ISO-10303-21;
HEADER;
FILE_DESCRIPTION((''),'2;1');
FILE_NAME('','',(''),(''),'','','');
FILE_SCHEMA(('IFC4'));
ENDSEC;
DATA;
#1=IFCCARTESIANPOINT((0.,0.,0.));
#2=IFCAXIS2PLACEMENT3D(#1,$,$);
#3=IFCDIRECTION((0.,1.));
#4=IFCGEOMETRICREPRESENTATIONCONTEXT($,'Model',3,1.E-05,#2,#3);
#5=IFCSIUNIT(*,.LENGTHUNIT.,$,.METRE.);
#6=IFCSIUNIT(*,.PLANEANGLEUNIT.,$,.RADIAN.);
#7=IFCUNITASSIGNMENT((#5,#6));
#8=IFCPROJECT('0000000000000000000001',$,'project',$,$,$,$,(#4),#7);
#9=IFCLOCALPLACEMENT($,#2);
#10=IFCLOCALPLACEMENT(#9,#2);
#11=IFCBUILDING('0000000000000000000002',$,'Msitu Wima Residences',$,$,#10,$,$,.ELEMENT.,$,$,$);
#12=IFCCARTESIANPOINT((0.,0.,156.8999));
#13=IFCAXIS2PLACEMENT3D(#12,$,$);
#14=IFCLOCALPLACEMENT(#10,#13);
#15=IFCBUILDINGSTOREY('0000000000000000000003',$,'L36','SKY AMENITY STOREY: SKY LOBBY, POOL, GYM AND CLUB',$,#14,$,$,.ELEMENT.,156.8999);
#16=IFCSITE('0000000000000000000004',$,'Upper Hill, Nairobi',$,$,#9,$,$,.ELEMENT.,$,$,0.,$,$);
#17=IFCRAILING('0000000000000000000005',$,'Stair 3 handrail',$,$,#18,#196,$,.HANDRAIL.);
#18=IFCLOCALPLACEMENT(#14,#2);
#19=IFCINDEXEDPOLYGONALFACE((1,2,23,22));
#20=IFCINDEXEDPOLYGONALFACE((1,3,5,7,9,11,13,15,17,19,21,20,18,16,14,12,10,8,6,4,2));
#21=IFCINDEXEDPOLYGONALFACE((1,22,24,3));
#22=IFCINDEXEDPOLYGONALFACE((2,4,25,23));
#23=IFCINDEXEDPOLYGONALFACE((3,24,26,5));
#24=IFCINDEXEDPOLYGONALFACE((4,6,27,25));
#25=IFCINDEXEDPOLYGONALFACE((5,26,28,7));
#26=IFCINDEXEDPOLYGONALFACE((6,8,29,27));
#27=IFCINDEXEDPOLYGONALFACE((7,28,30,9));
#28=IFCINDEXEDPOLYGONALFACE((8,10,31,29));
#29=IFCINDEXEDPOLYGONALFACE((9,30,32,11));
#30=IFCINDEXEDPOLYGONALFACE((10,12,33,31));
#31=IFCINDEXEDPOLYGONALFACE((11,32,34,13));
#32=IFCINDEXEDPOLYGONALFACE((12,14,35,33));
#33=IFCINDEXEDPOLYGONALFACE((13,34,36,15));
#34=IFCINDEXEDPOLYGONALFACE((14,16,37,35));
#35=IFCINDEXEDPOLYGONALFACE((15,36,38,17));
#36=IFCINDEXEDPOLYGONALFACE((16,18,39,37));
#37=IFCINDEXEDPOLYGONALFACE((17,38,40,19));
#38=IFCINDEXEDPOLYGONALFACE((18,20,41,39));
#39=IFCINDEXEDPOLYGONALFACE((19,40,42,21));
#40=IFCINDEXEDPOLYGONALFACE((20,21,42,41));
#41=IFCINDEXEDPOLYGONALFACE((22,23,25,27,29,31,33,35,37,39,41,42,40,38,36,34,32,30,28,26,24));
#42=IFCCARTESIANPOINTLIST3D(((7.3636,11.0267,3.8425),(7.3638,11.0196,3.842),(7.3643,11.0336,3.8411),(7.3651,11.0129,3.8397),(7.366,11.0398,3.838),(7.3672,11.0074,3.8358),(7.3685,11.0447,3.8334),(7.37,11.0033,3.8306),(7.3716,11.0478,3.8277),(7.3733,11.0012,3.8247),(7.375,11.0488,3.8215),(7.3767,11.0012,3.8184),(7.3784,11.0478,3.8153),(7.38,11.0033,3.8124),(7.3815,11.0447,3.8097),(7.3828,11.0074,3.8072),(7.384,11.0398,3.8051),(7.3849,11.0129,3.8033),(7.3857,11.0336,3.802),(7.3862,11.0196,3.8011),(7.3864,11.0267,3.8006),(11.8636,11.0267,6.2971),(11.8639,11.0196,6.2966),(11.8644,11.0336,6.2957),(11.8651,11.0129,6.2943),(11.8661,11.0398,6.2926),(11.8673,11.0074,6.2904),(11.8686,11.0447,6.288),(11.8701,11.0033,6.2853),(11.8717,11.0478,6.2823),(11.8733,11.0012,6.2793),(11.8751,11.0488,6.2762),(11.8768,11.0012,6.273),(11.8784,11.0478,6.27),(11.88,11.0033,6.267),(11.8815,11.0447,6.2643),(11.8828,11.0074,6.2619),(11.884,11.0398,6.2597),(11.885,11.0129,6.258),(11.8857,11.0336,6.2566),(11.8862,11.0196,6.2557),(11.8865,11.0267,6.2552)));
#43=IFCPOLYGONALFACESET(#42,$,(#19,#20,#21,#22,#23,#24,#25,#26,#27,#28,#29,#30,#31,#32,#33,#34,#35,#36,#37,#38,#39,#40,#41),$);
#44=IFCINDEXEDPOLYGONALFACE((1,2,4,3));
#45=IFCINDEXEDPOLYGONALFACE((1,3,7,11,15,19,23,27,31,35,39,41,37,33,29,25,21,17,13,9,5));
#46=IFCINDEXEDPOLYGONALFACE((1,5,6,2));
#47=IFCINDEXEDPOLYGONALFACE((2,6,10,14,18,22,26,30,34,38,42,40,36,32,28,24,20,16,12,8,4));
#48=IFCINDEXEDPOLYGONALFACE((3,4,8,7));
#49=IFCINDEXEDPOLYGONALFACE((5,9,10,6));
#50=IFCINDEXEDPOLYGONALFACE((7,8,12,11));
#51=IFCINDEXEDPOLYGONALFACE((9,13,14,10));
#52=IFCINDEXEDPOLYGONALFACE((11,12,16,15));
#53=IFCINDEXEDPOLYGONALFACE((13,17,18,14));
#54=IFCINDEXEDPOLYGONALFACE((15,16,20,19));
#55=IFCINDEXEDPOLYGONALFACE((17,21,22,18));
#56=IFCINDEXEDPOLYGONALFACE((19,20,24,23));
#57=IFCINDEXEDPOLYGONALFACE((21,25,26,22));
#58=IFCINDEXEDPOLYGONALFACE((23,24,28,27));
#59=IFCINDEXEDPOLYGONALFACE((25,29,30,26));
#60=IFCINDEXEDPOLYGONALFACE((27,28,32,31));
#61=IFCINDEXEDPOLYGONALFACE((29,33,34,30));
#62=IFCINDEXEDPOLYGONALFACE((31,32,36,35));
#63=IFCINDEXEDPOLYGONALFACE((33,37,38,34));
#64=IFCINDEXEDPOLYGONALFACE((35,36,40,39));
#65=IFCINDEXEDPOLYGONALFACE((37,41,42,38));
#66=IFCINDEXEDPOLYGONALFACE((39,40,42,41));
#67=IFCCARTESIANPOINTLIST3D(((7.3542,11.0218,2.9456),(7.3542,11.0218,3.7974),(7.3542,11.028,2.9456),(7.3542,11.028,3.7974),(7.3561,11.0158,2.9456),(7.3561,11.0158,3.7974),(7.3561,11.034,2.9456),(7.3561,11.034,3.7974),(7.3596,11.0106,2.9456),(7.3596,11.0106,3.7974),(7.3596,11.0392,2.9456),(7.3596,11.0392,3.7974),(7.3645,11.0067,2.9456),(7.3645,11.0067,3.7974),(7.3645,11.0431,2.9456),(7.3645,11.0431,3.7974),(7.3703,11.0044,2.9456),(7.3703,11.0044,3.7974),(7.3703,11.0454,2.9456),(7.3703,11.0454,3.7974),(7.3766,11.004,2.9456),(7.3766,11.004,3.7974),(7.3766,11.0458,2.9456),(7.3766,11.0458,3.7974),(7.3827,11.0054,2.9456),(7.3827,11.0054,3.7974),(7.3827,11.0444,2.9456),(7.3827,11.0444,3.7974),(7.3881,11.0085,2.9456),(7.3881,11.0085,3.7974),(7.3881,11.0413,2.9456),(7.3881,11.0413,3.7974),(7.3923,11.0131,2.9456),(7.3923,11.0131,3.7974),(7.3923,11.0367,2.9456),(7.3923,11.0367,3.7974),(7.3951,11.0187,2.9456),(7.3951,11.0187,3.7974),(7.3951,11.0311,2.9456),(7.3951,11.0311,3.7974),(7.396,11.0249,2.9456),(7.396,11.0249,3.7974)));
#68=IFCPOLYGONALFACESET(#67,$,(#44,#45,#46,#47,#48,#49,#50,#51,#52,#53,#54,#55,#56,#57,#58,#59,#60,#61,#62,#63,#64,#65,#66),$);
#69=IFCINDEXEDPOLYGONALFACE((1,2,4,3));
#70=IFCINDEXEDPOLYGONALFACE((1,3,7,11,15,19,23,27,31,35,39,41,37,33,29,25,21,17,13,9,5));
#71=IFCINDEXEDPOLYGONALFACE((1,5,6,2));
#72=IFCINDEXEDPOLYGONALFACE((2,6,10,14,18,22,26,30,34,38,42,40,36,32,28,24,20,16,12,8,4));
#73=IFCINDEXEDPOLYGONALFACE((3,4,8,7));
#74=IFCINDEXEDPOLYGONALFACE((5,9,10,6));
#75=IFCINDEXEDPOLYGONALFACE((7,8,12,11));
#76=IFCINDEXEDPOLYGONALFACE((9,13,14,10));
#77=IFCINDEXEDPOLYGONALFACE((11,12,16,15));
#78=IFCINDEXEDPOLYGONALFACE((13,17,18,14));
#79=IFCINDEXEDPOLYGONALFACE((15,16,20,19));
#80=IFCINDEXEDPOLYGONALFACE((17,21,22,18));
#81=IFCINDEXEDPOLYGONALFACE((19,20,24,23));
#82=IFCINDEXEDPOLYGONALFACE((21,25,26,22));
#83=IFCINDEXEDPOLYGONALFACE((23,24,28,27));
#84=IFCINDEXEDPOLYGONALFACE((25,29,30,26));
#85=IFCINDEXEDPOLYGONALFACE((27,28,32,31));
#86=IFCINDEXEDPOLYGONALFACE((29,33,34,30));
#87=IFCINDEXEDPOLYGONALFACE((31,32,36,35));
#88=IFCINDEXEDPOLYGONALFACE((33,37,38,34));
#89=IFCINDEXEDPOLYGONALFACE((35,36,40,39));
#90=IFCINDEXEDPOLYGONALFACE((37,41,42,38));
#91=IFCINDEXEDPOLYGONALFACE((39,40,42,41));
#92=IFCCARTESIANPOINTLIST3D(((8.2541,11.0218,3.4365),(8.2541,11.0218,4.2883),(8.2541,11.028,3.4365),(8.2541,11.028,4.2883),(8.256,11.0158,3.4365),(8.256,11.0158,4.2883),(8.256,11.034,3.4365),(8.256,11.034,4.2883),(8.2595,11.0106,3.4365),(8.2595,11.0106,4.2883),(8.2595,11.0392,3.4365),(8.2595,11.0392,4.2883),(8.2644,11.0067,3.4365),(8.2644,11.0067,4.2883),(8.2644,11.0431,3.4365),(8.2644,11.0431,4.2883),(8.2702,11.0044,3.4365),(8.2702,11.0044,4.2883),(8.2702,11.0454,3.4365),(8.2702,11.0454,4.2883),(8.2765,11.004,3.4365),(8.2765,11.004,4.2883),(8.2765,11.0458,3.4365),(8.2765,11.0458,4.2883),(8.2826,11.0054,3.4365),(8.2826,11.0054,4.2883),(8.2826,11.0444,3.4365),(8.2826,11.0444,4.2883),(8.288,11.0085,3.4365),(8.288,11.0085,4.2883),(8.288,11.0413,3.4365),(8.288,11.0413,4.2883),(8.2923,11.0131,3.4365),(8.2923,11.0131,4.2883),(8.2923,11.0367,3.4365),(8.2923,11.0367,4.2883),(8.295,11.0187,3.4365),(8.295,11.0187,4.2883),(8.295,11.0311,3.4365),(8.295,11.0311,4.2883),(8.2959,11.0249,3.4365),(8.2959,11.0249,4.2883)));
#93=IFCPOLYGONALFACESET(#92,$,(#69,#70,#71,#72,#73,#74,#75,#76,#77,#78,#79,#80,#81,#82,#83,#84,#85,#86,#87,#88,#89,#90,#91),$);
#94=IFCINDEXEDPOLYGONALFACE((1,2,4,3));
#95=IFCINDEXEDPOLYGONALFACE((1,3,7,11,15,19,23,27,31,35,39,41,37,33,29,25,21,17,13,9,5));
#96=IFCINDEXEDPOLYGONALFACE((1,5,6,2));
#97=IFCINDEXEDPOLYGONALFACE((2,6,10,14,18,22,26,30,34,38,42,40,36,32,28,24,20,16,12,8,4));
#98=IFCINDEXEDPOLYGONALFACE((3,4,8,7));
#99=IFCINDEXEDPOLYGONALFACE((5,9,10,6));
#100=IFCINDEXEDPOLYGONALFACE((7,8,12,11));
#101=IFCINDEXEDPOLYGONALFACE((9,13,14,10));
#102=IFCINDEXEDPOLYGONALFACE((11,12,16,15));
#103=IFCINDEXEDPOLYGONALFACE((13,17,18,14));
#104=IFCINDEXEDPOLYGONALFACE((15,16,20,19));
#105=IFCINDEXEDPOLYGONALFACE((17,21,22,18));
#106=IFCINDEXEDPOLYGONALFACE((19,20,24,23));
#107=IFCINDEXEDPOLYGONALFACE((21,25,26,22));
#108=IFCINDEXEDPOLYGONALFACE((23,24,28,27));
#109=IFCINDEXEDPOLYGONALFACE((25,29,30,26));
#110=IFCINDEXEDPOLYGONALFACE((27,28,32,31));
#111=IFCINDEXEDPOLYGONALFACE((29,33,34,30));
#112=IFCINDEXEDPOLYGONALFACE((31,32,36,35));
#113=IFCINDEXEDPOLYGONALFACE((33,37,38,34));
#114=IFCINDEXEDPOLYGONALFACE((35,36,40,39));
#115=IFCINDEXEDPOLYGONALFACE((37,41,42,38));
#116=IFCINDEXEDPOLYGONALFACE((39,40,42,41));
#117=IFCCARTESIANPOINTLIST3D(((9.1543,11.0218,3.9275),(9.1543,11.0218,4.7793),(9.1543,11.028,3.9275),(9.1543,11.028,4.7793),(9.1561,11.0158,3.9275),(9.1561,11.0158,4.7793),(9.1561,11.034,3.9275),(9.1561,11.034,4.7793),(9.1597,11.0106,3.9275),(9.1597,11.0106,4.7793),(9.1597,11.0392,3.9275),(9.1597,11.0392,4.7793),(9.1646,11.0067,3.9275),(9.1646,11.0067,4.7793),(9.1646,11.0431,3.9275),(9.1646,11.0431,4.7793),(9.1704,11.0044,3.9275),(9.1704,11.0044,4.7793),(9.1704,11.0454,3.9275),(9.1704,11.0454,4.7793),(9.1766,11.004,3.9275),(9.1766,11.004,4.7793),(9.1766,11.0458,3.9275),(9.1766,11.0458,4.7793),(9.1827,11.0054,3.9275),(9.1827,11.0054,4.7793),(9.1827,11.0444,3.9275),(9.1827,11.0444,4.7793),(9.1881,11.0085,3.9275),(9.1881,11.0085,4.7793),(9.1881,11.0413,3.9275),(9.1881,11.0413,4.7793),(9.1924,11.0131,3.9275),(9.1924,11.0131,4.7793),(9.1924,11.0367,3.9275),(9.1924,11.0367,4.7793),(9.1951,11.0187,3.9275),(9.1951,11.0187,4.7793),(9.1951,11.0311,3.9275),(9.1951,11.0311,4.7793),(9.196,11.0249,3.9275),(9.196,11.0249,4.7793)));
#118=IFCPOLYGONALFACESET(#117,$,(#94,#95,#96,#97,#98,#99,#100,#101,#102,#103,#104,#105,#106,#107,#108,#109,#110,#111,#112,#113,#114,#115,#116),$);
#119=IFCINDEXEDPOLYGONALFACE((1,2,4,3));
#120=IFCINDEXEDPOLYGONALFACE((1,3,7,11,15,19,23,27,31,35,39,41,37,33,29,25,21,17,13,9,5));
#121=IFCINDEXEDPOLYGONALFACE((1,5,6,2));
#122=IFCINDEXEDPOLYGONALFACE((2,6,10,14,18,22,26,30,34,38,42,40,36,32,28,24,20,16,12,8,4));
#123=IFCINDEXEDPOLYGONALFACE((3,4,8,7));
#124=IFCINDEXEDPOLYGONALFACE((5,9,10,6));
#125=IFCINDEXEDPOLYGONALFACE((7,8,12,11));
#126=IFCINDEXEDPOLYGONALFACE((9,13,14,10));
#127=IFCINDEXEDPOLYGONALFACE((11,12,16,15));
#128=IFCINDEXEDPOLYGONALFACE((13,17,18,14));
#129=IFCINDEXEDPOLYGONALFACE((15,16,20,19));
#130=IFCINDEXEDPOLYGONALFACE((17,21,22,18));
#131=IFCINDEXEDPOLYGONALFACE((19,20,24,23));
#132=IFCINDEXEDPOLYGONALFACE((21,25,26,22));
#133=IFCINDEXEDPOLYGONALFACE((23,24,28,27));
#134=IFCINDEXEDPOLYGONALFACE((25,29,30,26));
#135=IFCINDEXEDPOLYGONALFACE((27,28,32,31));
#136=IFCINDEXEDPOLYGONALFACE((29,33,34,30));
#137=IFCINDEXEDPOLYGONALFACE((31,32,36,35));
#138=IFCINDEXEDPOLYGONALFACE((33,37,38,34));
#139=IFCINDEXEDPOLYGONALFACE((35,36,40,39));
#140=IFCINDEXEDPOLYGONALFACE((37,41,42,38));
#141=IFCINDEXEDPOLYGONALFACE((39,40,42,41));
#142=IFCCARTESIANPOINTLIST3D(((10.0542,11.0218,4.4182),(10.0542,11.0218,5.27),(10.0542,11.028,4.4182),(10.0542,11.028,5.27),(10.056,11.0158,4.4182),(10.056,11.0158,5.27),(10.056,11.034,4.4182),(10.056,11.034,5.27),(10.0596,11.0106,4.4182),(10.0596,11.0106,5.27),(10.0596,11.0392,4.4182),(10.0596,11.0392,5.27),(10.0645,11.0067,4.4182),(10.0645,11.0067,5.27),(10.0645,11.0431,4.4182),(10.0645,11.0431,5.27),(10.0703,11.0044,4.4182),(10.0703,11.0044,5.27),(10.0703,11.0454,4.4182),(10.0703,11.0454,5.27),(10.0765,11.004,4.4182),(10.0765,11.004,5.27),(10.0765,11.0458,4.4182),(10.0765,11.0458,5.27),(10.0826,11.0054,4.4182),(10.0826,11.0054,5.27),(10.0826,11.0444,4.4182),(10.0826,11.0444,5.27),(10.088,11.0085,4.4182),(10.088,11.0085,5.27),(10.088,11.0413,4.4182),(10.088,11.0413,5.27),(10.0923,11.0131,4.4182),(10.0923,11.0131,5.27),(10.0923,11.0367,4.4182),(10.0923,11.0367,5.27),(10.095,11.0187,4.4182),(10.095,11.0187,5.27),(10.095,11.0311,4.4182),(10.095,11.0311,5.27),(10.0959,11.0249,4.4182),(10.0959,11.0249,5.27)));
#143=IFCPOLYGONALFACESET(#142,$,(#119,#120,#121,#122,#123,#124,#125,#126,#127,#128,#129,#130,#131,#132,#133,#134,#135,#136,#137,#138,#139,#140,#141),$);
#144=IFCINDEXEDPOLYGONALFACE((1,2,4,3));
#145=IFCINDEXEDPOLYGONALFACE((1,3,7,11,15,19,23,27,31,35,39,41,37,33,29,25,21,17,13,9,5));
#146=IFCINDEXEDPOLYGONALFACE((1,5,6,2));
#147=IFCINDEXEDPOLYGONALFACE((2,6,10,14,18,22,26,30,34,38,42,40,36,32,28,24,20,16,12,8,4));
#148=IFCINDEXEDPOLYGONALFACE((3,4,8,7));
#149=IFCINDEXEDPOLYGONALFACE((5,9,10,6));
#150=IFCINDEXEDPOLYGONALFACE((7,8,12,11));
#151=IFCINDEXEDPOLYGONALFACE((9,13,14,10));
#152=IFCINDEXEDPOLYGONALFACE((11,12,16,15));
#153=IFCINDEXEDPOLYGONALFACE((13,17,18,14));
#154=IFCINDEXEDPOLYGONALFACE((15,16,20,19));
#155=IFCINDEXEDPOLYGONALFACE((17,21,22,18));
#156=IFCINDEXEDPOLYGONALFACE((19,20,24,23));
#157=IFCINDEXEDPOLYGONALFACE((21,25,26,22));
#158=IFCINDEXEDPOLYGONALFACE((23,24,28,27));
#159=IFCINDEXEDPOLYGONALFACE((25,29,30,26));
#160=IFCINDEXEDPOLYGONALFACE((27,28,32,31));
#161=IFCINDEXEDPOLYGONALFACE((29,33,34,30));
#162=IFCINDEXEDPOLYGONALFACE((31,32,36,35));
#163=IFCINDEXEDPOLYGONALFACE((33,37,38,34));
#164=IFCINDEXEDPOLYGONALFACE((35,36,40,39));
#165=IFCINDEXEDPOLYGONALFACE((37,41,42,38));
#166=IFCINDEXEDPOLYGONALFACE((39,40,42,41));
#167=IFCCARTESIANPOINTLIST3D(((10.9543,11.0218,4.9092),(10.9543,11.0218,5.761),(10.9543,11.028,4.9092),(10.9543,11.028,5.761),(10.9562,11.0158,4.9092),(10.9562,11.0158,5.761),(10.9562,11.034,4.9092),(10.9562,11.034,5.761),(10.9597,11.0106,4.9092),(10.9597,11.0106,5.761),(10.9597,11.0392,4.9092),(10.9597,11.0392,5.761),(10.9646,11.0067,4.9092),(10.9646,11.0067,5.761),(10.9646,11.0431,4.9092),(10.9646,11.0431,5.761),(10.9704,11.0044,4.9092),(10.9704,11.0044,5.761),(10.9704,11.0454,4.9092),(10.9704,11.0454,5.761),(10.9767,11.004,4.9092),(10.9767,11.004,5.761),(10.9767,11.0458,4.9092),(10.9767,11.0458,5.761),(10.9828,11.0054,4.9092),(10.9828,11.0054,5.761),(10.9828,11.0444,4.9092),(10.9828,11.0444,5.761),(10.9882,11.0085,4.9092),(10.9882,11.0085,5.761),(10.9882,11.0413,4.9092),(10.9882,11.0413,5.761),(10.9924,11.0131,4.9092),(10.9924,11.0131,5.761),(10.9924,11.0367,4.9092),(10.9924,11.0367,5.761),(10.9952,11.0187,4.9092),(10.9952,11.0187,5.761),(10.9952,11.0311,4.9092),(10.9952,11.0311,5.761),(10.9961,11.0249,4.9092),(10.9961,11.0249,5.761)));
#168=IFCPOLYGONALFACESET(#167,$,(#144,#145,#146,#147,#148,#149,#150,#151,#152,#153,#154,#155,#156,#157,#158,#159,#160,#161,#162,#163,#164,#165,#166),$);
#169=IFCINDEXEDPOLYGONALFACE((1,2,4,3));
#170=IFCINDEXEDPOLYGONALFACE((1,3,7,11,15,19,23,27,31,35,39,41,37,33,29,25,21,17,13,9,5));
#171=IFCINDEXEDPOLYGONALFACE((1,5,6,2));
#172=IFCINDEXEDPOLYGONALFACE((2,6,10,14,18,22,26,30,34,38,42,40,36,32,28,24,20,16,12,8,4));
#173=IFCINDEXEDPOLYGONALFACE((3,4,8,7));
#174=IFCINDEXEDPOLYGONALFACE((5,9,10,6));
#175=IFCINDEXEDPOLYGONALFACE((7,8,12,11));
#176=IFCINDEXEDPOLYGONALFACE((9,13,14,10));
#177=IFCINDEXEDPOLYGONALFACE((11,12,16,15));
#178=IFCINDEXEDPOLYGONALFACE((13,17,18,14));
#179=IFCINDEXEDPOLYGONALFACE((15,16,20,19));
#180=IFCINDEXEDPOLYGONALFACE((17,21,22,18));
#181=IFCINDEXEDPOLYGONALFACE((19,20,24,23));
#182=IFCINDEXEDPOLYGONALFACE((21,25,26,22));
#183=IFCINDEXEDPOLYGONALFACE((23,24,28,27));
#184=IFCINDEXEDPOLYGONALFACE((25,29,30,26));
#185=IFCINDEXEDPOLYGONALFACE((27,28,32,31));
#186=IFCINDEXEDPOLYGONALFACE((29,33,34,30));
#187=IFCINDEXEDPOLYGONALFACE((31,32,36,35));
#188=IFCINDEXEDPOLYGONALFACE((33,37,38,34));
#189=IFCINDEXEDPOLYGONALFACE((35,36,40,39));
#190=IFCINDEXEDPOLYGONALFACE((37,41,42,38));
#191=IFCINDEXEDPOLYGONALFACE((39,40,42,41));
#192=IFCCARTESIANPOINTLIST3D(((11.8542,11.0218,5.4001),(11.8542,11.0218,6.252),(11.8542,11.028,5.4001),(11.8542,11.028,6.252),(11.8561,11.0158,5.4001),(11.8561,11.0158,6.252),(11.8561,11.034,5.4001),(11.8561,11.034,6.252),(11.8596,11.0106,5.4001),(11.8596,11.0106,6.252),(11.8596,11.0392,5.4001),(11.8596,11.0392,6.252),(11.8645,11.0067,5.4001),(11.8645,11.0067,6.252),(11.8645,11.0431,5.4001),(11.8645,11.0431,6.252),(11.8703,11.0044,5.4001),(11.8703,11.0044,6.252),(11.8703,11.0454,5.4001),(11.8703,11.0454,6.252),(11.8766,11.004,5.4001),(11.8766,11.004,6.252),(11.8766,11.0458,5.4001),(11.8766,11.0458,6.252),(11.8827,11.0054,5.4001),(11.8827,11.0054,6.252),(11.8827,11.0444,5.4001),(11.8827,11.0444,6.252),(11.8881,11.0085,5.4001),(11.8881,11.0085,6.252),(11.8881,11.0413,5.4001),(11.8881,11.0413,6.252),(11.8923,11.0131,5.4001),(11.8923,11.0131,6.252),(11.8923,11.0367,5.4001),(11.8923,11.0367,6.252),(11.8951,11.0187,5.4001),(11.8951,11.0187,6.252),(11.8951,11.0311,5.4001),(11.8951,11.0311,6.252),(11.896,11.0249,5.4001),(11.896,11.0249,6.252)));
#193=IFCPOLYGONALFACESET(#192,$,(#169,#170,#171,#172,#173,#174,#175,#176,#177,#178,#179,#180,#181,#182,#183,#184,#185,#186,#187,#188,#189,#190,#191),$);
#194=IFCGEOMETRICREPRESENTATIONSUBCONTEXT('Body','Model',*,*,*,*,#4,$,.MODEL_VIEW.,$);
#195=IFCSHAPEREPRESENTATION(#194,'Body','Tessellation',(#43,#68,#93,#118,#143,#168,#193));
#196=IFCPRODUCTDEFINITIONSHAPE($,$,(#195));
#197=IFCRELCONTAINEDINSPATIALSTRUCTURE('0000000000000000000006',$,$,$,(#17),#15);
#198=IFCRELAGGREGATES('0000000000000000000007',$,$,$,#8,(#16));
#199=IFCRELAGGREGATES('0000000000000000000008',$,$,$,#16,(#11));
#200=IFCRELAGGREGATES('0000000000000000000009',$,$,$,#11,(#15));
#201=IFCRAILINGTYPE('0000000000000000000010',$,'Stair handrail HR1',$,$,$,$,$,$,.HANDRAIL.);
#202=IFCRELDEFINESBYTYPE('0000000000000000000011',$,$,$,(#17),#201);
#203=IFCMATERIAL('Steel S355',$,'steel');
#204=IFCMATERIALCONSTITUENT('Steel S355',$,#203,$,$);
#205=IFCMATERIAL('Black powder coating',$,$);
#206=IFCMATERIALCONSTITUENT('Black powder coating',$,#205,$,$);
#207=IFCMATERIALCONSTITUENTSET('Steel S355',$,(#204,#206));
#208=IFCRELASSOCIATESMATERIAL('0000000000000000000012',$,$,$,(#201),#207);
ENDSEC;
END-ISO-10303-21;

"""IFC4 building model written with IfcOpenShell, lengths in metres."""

from ifc_helpers import new_model, si_unit, direction, frame, origin, origin_2d, place, context, subcontext, project, spatial, circle, extrude, material, constituent, constituent_set, type_object, element, save


model = new_model("IFC4")

# Units and contexts
model_context = context("Model", 3, precision=1e-05, world=origin(), true_north=direction((0.0, 1.0)))
body_context = subcontext(model_context, "Body", "Model", "MODEL_VIEW")
ifc_project = project(units=[si_unit("LENGTHUNIT", "METRE"), si_unit("PLANEANGLEUNIT", "RADIAN")], contexts=[model_context])

# Site, building, storey
site_placement = place(None, origin())
site = spatial("IfcSite", under=ifc_project, at=site_placement, Name="Upper Hill, Nairobi", CompositionType="ELEMENT", RefElevation=0.0)
building_placement = place(site_placement, origin())
building = spatial("IfcBuilding", under=site, at=building_placement, Name="Msitu Wima Residences", CompositionType="ELEMENT")
storey_placement = place(building_placement, frame((0.0, 0.0, 156.8999)))
storey = spatial("IfcBuildingStorey", under=building, at=storey_placement, Name="L36", Description="SKY AMENITY STOREY: SKY LOBBY, POOL, GYM AND CLUB", CompositionType="ELEMENT", Elevation=156.8999)

# Railing
ifc_material_1 = material(Name="Steel S355", Category="steel")
ifc_constituent_1 = constituent(ifc_material_1, Name="Steel S355")
ifc_material_2 = material(Name="Black powder coating")
ifc_constituent_2 = constituent(ifc_material_2, Name="Black powder coating")
ifc_constituent_set = constituent_set(constituents=[ifc_constituent_1, ifc_constituent_2], Name="Steel S355")
railing_type = type_object("IfcRailingType", Name="Stair handrail HR1", PredefinedType="HANDRAIL", material=ifc_constituent_set)
for number, where, name in (
    (1, (7.375, 11.0249, 2.9456), "Stair 3 handrail"),
):
    element("IfcRailing", number, at=place(storey_placement, frame(where)), inside=storey, type_object=railing_type, Name=name, PredefinedType="HANDRAIL", context=body_context, shape_type="SweptSolid", body=[
        extrude(circle(Radius=0.0239, at=origin_2d()), frame((0.0, 0.0, 0.876), z_axis=(0.877892, 0.0, 0.478859), x_axis=(0.0, 1.0, 0.0)), (0.0, 0.0, 1.0), 5.126),
        extrude(circle(Radius=0.021, at=origin_2d()), origin(), (0.0, 0.0, 1.0), 0.8518),
        extrude(circle(Radius=0.021, at=origin_2d()), frame((0.8999, 0.0, 0.491)), (0.0, 0.0, 1.0), 0.8518),
        extrude(circle(Radius=0.021, at=origin_2d()), frame((1.8, 0.0, 0.9819)), (0.0, 0.0, 1.0), 0.8518),
        extrude(circle(Radius=0.021, at=origin_2d()), frame((2.7, 0.0, 1.4727)), (0.0, 0.0, 1.0), 0.8518),
        extrude(circle(Radius=0.021, at=origin_2d()), frame((3.6001, 0.0, 1.9636)), (0.0, 0.0, 1.0), 0.8518),
        extrude(circle(Radius=0.021, at=origin_2d()), frame((4.5, 0.0, 2.4546)), (0.0, 0.0, 1.0), 0.8518),
    ])

save(model, "model.ifc")
